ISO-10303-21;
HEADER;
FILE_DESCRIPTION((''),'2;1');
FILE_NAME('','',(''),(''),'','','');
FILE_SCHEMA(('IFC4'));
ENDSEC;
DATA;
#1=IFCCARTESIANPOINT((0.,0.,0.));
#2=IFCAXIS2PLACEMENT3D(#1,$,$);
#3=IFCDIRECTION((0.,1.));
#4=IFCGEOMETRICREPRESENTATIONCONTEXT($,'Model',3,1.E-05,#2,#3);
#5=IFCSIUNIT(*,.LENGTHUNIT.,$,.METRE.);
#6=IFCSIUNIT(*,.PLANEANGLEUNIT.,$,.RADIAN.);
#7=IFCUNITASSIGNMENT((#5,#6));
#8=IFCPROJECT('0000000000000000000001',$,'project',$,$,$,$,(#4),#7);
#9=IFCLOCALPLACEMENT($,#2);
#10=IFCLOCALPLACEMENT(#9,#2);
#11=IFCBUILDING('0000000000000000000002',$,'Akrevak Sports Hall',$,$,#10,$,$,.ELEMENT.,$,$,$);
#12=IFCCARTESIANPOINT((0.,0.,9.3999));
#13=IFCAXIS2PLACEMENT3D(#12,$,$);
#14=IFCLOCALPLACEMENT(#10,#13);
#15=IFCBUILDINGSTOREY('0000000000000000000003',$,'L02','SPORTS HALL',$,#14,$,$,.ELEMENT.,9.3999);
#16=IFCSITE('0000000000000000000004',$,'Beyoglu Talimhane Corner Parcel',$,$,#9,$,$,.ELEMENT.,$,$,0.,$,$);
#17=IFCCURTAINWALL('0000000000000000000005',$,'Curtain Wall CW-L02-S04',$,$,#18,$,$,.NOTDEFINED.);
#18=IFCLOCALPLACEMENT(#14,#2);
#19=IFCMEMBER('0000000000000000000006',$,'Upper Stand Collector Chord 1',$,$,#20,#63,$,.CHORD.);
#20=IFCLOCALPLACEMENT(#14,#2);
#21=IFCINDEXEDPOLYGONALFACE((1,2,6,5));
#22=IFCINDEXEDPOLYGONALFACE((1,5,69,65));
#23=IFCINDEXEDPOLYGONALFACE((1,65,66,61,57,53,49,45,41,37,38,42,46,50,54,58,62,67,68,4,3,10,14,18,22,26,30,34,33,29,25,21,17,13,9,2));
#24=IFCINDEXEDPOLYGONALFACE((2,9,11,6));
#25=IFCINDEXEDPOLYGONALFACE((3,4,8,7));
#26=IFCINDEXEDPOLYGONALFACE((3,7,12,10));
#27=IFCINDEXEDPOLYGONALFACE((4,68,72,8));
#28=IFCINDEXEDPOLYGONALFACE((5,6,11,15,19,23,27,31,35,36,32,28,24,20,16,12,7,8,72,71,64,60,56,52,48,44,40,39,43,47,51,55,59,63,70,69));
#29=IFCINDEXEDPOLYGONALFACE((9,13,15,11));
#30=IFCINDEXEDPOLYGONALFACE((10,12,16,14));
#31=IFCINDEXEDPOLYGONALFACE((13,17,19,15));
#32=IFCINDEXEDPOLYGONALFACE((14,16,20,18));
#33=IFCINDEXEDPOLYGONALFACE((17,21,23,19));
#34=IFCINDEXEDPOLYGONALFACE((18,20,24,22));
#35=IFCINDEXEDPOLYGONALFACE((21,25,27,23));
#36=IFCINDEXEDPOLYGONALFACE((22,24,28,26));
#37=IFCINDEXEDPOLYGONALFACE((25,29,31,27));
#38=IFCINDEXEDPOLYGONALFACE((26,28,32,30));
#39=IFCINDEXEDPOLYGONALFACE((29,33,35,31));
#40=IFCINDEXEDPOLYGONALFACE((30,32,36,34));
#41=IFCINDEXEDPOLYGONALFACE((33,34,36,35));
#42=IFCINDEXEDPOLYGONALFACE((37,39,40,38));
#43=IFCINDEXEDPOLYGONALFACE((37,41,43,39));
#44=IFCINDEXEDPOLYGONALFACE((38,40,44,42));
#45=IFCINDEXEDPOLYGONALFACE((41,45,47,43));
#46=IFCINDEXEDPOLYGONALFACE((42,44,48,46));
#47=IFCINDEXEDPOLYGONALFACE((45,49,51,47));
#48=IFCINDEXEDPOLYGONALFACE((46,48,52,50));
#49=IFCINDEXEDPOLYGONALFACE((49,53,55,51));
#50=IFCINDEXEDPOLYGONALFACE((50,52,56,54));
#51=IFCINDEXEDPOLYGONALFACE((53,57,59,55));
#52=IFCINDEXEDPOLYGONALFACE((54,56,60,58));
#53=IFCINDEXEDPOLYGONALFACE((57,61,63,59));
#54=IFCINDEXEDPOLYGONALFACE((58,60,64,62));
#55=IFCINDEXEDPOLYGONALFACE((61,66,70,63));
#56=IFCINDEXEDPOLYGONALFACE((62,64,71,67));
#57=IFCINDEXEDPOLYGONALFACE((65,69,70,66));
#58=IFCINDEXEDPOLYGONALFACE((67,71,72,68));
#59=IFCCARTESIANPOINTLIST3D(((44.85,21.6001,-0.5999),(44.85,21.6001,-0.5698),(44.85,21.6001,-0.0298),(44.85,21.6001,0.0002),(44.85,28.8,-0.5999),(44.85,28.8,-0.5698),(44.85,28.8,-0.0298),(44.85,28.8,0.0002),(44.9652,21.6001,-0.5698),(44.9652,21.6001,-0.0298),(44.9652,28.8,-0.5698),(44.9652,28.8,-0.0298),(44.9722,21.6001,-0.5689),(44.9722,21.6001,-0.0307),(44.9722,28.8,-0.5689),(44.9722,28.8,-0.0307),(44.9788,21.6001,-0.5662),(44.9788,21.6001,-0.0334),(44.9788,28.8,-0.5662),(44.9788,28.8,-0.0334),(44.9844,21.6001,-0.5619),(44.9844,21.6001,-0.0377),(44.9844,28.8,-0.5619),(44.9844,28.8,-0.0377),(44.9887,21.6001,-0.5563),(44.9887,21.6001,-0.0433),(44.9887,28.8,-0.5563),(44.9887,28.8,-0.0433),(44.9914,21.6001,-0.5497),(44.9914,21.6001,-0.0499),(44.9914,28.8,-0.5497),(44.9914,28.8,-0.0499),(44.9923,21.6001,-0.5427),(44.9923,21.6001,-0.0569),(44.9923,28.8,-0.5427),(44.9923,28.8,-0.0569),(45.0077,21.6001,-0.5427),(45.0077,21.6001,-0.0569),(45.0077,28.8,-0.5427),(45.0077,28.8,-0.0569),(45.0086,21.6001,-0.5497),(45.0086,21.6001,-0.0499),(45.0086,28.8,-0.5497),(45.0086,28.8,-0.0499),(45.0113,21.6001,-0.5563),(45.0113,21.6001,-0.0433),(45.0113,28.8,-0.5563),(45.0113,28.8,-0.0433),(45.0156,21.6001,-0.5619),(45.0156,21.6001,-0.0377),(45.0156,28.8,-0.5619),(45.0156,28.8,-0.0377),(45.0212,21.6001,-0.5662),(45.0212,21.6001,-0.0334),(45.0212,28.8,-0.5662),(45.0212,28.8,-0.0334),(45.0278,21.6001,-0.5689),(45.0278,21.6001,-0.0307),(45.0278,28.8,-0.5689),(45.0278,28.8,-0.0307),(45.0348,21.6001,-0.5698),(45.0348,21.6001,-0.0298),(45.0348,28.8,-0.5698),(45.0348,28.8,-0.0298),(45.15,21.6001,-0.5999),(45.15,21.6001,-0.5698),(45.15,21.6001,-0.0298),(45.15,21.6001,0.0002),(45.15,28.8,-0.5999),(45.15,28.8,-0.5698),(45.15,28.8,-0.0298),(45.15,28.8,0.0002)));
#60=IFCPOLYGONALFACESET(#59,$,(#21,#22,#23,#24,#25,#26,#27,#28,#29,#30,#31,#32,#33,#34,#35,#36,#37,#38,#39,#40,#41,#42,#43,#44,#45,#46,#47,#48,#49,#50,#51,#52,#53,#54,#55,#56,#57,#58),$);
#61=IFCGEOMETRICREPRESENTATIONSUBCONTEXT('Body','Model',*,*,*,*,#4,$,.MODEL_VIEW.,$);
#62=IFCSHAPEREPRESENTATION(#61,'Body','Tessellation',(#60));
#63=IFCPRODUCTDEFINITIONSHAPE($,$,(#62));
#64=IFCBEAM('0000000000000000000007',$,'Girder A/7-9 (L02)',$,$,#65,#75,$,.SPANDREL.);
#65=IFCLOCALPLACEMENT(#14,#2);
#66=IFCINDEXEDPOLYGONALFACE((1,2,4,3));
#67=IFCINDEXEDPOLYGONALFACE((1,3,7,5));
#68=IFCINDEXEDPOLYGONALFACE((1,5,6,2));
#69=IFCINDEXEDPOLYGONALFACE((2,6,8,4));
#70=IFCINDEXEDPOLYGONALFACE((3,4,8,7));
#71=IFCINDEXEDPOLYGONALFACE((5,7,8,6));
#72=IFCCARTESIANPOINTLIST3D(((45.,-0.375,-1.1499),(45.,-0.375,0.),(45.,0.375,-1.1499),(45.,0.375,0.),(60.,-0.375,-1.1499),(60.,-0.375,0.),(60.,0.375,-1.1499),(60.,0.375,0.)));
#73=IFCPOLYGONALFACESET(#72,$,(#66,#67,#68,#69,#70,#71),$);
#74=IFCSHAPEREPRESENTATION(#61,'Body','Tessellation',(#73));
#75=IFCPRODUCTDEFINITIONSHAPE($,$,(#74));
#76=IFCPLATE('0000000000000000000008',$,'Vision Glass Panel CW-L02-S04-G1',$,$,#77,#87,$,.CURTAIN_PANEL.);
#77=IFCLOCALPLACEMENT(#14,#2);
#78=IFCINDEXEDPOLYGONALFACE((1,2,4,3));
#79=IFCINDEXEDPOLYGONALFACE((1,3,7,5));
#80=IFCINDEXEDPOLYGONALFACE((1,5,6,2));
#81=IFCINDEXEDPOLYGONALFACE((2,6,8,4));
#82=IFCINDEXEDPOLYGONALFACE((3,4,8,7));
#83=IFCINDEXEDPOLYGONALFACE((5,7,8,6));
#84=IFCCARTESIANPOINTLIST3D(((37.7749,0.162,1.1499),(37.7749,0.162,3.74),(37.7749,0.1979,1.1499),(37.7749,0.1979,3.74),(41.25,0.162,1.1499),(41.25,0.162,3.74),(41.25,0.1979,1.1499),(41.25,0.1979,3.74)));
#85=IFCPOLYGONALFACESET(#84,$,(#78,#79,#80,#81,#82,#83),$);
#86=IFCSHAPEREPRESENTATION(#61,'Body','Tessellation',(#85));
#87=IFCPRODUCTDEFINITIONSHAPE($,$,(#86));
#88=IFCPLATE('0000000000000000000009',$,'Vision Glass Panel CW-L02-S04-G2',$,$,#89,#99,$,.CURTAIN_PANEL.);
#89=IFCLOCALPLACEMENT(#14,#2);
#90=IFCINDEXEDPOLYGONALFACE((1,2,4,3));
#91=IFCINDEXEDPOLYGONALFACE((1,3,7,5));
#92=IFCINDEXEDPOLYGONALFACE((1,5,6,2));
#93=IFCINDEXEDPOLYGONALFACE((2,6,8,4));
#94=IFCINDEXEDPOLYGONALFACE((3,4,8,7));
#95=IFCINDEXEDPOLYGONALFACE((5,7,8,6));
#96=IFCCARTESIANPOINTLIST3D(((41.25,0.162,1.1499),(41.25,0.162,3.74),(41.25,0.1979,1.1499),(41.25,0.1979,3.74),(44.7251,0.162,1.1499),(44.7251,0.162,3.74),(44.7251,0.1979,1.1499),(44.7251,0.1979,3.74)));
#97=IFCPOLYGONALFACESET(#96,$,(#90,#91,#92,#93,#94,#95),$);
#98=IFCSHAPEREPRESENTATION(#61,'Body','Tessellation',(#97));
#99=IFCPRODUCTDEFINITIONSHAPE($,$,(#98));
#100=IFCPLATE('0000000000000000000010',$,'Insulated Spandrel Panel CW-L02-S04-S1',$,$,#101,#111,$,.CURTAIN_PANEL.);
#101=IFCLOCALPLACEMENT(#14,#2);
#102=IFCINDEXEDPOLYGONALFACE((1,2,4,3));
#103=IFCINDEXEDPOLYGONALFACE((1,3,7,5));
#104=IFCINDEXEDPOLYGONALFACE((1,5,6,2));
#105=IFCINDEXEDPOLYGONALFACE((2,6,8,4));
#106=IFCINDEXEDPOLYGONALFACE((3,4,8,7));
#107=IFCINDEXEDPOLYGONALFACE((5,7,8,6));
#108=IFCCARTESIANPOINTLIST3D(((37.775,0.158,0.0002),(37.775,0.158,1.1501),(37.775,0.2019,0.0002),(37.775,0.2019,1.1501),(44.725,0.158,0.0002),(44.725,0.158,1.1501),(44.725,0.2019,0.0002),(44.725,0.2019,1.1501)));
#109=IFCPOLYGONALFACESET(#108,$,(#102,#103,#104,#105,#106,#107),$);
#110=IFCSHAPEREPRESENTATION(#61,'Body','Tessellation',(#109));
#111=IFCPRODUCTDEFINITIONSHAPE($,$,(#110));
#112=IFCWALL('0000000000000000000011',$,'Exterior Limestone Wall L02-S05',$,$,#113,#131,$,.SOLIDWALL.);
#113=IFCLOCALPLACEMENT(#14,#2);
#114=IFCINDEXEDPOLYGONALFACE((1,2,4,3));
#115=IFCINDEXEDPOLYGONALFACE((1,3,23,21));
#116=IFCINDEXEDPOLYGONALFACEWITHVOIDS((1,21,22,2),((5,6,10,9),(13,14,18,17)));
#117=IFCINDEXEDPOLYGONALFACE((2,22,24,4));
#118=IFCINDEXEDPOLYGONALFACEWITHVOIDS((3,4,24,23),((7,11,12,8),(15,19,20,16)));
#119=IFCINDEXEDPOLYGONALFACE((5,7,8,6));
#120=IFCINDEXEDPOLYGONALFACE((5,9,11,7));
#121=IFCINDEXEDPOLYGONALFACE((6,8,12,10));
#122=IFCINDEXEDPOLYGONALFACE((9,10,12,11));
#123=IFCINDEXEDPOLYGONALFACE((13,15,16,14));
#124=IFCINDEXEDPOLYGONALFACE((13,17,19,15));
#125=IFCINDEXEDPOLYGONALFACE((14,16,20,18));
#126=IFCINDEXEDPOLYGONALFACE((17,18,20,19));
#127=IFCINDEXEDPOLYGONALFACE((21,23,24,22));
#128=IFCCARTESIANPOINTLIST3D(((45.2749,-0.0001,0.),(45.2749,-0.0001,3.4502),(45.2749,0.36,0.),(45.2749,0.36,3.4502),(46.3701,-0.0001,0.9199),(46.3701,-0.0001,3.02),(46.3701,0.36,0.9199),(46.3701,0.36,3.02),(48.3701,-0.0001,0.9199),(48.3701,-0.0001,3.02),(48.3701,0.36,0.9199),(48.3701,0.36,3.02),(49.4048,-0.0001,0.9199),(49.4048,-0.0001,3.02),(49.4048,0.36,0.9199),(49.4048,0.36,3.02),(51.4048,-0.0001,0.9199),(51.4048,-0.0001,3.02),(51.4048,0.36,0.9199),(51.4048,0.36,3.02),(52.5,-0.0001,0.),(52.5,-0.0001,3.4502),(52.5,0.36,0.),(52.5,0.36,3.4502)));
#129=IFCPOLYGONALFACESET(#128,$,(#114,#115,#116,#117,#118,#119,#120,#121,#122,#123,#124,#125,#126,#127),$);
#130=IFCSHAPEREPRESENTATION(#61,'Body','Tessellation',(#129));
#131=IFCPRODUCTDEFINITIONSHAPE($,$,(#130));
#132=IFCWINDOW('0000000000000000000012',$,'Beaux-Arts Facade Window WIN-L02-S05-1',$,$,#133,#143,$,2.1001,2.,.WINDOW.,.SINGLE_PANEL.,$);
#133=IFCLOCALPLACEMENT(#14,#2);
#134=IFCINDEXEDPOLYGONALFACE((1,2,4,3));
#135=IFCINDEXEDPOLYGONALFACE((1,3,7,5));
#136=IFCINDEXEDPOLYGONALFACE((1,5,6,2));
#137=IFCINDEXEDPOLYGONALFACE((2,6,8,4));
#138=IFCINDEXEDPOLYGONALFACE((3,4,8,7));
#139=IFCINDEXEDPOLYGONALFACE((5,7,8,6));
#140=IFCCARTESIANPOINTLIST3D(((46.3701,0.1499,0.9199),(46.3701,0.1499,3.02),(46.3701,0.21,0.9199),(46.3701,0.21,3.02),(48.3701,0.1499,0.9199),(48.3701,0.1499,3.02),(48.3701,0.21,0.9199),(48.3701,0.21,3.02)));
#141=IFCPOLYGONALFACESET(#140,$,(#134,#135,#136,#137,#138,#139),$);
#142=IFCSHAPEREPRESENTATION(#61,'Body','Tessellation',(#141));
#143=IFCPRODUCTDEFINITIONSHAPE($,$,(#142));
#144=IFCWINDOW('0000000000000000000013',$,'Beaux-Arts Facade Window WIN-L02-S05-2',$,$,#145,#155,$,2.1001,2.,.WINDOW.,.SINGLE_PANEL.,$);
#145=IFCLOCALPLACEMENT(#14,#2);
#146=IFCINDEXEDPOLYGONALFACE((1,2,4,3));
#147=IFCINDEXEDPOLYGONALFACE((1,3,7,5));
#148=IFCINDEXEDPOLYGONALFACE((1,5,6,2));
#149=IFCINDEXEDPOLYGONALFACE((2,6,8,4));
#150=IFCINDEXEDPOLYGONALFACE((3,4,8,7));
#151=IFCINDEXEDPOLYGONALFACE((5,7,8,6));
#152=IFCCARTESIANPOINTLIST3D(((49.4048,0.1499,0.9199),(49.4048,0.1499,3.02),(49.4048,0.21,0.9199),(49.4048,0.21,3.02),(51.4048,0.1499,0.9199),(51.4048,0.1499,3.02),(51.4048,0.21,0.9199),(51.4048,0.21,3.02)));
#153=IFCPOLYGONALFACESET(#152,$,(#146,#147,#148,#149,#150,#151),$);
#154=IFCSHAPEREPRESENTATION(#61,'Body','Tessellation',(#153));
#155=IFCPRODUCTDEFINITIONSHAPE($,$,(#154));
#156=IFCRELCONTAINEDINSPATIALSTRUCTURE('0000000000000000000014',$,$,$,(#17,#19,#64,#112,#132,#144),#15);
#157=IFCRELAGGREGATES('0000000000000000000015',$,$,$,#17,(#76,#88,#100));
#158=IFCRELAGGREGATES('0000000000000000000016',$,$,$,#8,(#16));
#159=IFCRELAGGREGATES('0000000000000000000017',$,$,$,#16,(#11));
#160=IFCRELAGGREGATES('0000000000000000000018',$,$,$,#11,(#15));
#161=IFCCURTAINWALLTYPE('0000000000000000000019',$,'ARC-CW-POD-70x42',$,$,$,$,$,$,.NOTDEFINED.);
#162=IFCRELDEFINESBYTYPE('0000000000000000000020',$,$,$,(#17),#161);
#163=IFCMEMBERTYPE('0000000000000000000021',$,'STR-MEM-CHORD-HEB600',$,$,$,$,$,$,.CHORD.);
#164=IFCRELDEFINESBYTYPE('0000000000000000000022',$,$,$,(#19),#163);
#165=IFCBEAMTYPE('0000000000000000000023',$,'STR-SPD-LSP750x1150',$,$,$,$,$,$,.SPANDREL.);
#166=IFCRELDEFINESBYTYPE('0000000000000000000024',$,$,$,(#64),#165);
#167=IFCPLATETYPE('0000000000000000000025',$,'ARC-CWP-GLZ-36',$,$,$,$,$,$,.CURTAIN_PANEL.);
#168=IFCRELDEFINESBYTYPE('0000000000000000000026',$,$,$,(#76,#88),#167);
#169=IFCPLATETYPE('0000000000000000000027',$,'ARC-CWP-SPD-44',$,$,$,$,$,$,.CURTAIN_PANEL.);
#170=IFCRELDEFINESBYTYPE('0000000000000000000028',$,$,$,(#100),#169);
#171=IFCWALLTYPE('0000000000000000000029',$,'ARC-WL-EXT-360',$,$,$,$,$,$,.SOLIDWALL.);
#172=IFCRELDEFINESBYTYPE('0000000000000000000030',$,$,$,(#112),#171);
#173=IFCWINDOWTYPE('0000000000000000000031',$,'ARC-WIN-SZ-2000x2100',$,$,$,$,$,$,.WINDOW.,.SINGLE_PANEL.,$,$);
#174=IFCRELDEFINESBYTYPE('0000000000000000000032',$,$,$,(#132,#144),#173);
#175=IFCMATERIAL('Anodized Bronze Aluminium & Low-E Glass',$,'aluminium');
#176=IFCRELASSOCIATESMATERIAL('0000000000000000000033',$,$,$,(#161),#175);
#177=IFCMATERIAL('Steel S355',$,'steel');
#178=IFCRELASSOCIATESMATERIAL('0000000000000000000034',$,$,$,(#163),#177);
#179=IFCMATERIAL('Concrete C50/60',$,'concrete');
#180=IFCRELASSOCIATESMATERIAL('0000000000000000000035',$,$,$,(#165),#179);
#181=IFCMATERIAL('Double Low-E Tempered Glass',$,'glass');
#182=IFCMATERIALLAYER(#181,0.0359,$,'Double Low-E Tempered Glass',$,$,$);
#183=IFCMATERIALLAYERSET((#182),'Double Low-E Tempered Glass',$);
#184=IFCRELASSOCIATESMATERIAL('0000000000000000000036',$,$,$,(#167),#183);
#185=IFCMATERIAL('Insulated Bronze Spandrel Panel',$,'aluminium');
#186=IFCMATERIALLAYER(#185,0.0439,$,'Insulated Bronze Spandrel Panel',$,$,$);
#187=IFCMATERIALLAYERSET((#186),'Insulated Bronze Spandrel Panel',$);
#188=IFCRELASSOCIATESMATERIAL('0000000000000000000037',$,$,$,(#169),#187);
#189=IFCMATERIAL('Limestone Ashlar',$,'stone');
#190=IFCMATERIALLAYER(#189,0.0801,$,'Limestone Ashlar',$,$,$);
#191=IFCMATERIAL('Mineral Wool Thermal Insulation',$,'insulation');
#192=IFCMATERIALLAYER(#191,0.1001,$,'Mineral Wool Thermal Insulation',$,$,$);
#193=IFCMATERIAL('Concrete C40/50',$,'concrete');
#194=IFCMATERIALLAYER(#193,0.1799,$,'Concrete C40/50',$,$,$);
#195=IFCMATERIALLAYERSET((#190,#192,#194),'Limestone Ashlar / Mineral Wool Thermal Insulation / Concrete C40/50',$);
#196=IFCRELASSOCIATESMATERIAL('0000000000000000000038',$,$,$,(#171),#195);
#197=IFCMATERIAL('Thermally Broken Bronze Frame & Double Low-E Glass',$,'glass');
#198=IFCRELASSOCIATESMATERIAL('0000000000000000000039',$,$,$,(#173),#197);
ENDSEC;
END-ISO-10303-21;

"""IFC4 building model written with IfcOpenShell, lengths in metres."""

from ifc_helpers import new_model, si_unit, direction, frame, frame_2d, origin, origin_2d, place, context, subcontext, project, spatial, rectangle, i_section, extrude, material, layer, layer_set, material_profile, profile_set, type_object, element, fill, aggregate, save


model = new_model("IFC4")

# Units and contexts
model_context = context("Model", 3, precision=1e-05, world=origin(), true_north=direction((0.0, 1.0)))
body_context = subcontext(model_context, "Body", "Model", "MODEL_VIEW")
ifc_project = project(units=[si_unit("LENGTHUNIT", "METRE"), si_unit("PLANEANGLEUNIT", "RADIAN")], contexts=[model_context])

# Site, building, storey
site_placement = place(None, origin())
site = spatial("IfcSite", under=ifc_project, at=site_placement, Name="Beyoglu Talimhane Corner Parcel", CompositionType="ELEMENT", RefElevation=0.0)
building_placement = place(site_placement, origin())
building = spatial("IfcBuilding", under=site, at=building_placement, Name="Akrevak Sports Hall", CompositionType="ELEMENT")
storey_placement = place(building_placement, frame((0.0, 0.0, 9.3999)))
storey = spatial("IfcBuildingStorey", under=building, at=storey_placement, Name="L02", Description="SPORTS HALL", CompositionType="ELEMENT", Elevation=9.3999)

# Shared definitions
ifc_material_1 = material(Name="Concrete C50/60", Category="concrete")
ifc_material_2 = material(Name="Concrete C40/50", Category="concrete")

# Curtain wall
ifc_material_3 = material(Name="Anodized Bronze Aluminium & Low-E Glass", Category="aluminium")
curtain_wall_type = type_object("IfcCurtainWallType", Name="ARC-CW-POD-70x42", PredefinedType="NOTDEFINED", material=ifc_material_3)
curtain_wall_placement = place(storey_placement, origin())
curtain_wall = element("IfcCurtainWall", 1, at=curtain_wall_placement, inside=storey, type_object=curtain_wall_type, Name="Curtain Wall CW-L02-S04", PredefinedType="NOTDEFINED")

# Member
ifc_material_4 = material(Name="Steel S355", Category="steel")
ifc_material_profile_1 = material_profile(ifc_material_4, i_section(OverallWidth=0.3, OverallDepth=0.6001, WebThickness=0.0154, FlangeThickness=0.03, FilletRadius=0.0271, at=origin_2d()), Name="HEB 600", Category="steel")
ifc_profile_set_1 = profile_set([ifc_material_profile_1], Name="Steel S355")
member_type_1 = type_object("IfcMemberType", Name="STR-MEM-CHORD-HEB600", PredefinedType="CHORD", material=ifc_profile_set_1)
member_1_placement = place(storey_placement, frame((45.0, 21.6001, -0.2998), z_axis=(0.0, 1.0, 0.0), x_axis=(-1.0, 0.0, 0.0)))
element("IfcMember", 2, at=member_1_placement, inside=storey, type_object=member_type_1, Name="Upper Stand Collector Chord 1", PredefinedType="CHORD", context=body_context, shape_type="SweptSolid", body=[
    extrude(i_section(OverallWidth=0.3, OverallDepth=0.6001, WebThickness=0.0154, FlangeThickness=0.03, FilletRadius=0.0271, at=origin_2d()), origin(), (0.0, 0.0, 1.0), 7.2),
])

# Beam
ifc_material_profile_2 = material_profile(ifc_material_1, rectangle(XDim=0.75, YDim=1.1499, at=origin_2d()), Name="SPD 750x1150", Category="concrete")
ifc_profile_set_2 = profile_set([ifc_material_profile_2], Name="Concrete C50/60")
beam_type_1 = type_object("IfcBeamType", Name="STR-SPD-LSP750x1150", PredefinedType="SPANDREL", material=ifc_profile_set_2)
beam_1_placement = place(storey_placement, frame((45.0, 0.0, -0.575), z_axis=(1.0, 0.0, 0.0), x_axis=(0.0, 1.0, 0.0)))
element("IfcBeam", 3, at=beam_1_placement, inside=storey, type_object=beam_type_1, Name="Girder A/7-9 (L02)", PredefinedType="SPANDREL", context=body_context, shape_type="SweptSolid", body=[
    extrude(rectangle(XDim=0.75, YDim=1.1499, at=origin_2d()), origin(), (0.0, 0.0, 1.0), 15.0),
])

# Plates
ifc_material_5 = material(Name="Double Low-E Tempered Glass", Category="glass")
ifc_layer_1 = layer(ifc_material_5, 0.0359, Name="Double Low-E Tempered Glass")
ifc_layer_set_1 = layer_set([ifc_layer_1], Name="Double Low-E Tempered Glass")
plate_type_1 = type_object("IfcPlateType", Name="ARC-CWP-GLZ-36", PredefinedType="CURTAIN_PANEL", material=ifc_layer_set_1)
plate_1_placement = place(storey_placement, frame((39.5125, 0.1799, 1.1499), z_axis=(0.0, 0.0, 1.0), x_axis=(1.0, 0.0, 0.0)))
plate_1 = element("IfcPlate", 4, at=plate_1_placement, type_object=plate_type_1, Name="Vision Glass Panel CW-L02-S04-G1", PredefinedType="CURTAIN_PANEL", context=body_context, shape_type="SweptSolid", body=[
    extrude(rectangle(XDim=3.4751, YDim=0.0359, at=origin_2d()), origin(), (0.0, 0.0, 1.0), 2.5901),
])
plate_2_placement = place(storey_placement, frame((42.9875, 0.1799, 1.1499), z_axis=(0.0, 0.0, 1.0), x_axis=(1.0, 0.0, 0.0)))
plate_2 = element("IfcPlate", 5, at=plate_2_placement, type_object=plate_type_1, Name="Vision Glass Panel CW-L02-S04-G2", PredefinedType="CURTAIN_PANEL", context=body_context, shape_type="SweptSolid", body=[
    extrude(rectangle(XDim=3.4751, YDim=0.0359, at=origin_2d()), origin(), (0.0, 0.0, 1.0), 2.5901),
])
ifc_material_6 = material(Name="Insulated Bronze Spandrel Panel", Category="aluminium")
ifc_layer_2 = layer(ifc_material_6, 0.0439, Name="Insulated Bronze Spandrel Panel")
ifc_layer_set_2 = layer_set([ifc_layer_2], Name="Insulated Bronze Spandrel Panel")
plate_type_2 = type_object("IfcPlateType", Name="ARC-CWP-SPD-44", PredefinedType="CURTAIN_PANEL", material=ifc_layer_set_2)
plate_3_placement = place(storey_placement, frame((41.25, 0.1799, 0.0002), z_axis=(0.0, 0.0, 1.0), x_axis=(1.0, 0.0, 0.0)))
plate_3 = element("IfcPlate", 6, at=plate_3_placement, type_object=plate_type_2, Name="Insulated Spandrel Panel CW-L02-S04-S1", PredefinedType="CURTAIN_PANEL", context=body_context, shape_type="SweptSolid", body=[
    extrude(rectangle(XDim=6.95, YDim=0.0439, at=origin_2d()), origin(), (0.0, 0.0, 1.0), 1.1499),
])
aggregate(curtain_wall, [plate_1, plate_2, plate_3])

# Wall, openings, windows
ifc_material_7 = material(Name="Limestone Ashlar", Category="stone")
ifc_layer_3 = layer(ifc_material_7, 0.0801, Name="Limestone Ashlar")
ifc_material_8 = material(Name="Mineral Wool Thermal Insulation", Category="insulation")
ifc_layer_4 = layer(ifc_material_8, 0.1001, Name="Mineral Wool Thermal Insulation")
ifc_layer_5 = layer(ifc_material_2, 0.1799, Name="Concrete C40/50")
ifc_layer_set_3 = layer_set([ifc_layer_3, ifc_layer_4, ifc_layer_5], Name="Limestone Ashlar / Mineral Wool Thermal Insulation / Concrete C40/50")
wall_type = type_object("IfcWallType", Name="ARC-WL-EXT-360", PredefinedType="SOLIDWALL", material=ifc_layer_set_3)
wall_1_placement = place(storey_placement, frame((45.2749, 0.1799, 0.0), z_axis=(0.0, 0.0, 1.0), x_axis=(1.0, 0.0, 0.0)))
wall_1 = element("IfcWall", 7, at=wall_1_placement, inside=storey, type_object=wall_type, Name="Exterior Limestone Wall L02-S05", PredefinedType="SOLIDWALL", context=body_context, shape_type="SweptSolid", body=[
    extrude(rectangle(XDim=7.2251, YDim=0.3601, at=frame_2d((3.6125, 0.0))), origin(), (0.0, 0.0, 1.0), 3.4502),
])
opening_1_placement = place(wall_1_placement, frame((1.0952, 0.0, 0.9199)))
opening_1 = element("IfcOpeningElement", 8, at=opening_1_placement, cuts=wall_1, PredefinedType="OPENING", context=body_context, shape_type="SweptSolid", body=[
    extrude(rectangle(XDim=2.0, YDim=2.1001, at=frame_2d((1.0, 1.05))), frame((0.0, 0.1919, 0.0), z_axis=(0.0, -1.0, 0.0), x_axis=(1.0, 0.0, 0.0)), (0.0, 0.0, 1.0), 0.384),
])
opening_2_placement = place(wall_1_placement, frame((4.1299, 0.0, 0.9199)))
opening_2 = element("IfcOpeningElement", 9, at=opening_2_placement, cuts=wall_1, PredefinedType="OPENING", context=body_context, shape_type="SweptSolid", body=[
    extrude(rectangle(XDim=2.0, YDim=2.1001, at=frame_2d((1.0, 1.05))), frame((0.0, 0.1919, 0.0), z_axis=(0.0, -1.0, 0.0), x_axis=(1.0, 0.0, 0.0)), (0.0, 0.0, 1.0), 0.384),
])
ifc_material_9 = material(Name="Thermally Broken Bronze Frame & Double Low-E Glass", Category="glass")
window_type_1 = type_object("IfcWindowType", Name="ARC-WIN-SZ-2000x2100", PartitioningType="SINGLE_PANEL", PredefinedType="WINDOW", material=ifc_material_9)
window_1_placement = place(opening_1_placement, origin())
window_1 = element("IfcWindow", 10, at=window_1_placement, inside=storey, type_object=window_type_1, Name="Beaux-Arts Facade Window WIN-L02-S05-1", OverallHeight=2.1001, OverallWidth=2.0, PartitioningType="SINGLE_PANEL", PredefinedType="WINDOW", context=body_context, shape_type="SweptSolid", body=[
    extrude(rectangle(XDim=2.0, YDim=2.1001, at=frame_2d((1.0, 1.05))), frame((0.0, 0.03, 0.0), z_axis=(0.0, -1.0, 0.0), x_axis=(1.0, 0.0, 0.0)), (0.0, 0.0, 1.0), 0.0601),
])
fill(opening_1, window_1)
window_2_placement = place(opening_2_placement, origin())
window_2 = element("IfcWindow", 11, at=window_2_placement, inside=storey, type_object=window_type_1, Name="Beaux-Arts Facade Window WIN-L02-S05-2", OverallHeight=2.1001, OverallWidth=2.0, PartitioningType="SINGLE_PANEL", PredefinedType="WINDOW", context=body_context, shape_type="SweptSolid", body=[
    extrude(rectangle(XDim=2.0, YDim=2.1001, at=frame_2d((1.0, 1.05))), frame((0.0, 0.03, 0.0), z_axis=(0.0, -1.0, 0.0), x_axis=(1.0, 0.0, 0.0)), (0.0, 0.0, 1.0), 0.0601),
])
fill(opening_2, window_2)

save(model, "model.ifc")
